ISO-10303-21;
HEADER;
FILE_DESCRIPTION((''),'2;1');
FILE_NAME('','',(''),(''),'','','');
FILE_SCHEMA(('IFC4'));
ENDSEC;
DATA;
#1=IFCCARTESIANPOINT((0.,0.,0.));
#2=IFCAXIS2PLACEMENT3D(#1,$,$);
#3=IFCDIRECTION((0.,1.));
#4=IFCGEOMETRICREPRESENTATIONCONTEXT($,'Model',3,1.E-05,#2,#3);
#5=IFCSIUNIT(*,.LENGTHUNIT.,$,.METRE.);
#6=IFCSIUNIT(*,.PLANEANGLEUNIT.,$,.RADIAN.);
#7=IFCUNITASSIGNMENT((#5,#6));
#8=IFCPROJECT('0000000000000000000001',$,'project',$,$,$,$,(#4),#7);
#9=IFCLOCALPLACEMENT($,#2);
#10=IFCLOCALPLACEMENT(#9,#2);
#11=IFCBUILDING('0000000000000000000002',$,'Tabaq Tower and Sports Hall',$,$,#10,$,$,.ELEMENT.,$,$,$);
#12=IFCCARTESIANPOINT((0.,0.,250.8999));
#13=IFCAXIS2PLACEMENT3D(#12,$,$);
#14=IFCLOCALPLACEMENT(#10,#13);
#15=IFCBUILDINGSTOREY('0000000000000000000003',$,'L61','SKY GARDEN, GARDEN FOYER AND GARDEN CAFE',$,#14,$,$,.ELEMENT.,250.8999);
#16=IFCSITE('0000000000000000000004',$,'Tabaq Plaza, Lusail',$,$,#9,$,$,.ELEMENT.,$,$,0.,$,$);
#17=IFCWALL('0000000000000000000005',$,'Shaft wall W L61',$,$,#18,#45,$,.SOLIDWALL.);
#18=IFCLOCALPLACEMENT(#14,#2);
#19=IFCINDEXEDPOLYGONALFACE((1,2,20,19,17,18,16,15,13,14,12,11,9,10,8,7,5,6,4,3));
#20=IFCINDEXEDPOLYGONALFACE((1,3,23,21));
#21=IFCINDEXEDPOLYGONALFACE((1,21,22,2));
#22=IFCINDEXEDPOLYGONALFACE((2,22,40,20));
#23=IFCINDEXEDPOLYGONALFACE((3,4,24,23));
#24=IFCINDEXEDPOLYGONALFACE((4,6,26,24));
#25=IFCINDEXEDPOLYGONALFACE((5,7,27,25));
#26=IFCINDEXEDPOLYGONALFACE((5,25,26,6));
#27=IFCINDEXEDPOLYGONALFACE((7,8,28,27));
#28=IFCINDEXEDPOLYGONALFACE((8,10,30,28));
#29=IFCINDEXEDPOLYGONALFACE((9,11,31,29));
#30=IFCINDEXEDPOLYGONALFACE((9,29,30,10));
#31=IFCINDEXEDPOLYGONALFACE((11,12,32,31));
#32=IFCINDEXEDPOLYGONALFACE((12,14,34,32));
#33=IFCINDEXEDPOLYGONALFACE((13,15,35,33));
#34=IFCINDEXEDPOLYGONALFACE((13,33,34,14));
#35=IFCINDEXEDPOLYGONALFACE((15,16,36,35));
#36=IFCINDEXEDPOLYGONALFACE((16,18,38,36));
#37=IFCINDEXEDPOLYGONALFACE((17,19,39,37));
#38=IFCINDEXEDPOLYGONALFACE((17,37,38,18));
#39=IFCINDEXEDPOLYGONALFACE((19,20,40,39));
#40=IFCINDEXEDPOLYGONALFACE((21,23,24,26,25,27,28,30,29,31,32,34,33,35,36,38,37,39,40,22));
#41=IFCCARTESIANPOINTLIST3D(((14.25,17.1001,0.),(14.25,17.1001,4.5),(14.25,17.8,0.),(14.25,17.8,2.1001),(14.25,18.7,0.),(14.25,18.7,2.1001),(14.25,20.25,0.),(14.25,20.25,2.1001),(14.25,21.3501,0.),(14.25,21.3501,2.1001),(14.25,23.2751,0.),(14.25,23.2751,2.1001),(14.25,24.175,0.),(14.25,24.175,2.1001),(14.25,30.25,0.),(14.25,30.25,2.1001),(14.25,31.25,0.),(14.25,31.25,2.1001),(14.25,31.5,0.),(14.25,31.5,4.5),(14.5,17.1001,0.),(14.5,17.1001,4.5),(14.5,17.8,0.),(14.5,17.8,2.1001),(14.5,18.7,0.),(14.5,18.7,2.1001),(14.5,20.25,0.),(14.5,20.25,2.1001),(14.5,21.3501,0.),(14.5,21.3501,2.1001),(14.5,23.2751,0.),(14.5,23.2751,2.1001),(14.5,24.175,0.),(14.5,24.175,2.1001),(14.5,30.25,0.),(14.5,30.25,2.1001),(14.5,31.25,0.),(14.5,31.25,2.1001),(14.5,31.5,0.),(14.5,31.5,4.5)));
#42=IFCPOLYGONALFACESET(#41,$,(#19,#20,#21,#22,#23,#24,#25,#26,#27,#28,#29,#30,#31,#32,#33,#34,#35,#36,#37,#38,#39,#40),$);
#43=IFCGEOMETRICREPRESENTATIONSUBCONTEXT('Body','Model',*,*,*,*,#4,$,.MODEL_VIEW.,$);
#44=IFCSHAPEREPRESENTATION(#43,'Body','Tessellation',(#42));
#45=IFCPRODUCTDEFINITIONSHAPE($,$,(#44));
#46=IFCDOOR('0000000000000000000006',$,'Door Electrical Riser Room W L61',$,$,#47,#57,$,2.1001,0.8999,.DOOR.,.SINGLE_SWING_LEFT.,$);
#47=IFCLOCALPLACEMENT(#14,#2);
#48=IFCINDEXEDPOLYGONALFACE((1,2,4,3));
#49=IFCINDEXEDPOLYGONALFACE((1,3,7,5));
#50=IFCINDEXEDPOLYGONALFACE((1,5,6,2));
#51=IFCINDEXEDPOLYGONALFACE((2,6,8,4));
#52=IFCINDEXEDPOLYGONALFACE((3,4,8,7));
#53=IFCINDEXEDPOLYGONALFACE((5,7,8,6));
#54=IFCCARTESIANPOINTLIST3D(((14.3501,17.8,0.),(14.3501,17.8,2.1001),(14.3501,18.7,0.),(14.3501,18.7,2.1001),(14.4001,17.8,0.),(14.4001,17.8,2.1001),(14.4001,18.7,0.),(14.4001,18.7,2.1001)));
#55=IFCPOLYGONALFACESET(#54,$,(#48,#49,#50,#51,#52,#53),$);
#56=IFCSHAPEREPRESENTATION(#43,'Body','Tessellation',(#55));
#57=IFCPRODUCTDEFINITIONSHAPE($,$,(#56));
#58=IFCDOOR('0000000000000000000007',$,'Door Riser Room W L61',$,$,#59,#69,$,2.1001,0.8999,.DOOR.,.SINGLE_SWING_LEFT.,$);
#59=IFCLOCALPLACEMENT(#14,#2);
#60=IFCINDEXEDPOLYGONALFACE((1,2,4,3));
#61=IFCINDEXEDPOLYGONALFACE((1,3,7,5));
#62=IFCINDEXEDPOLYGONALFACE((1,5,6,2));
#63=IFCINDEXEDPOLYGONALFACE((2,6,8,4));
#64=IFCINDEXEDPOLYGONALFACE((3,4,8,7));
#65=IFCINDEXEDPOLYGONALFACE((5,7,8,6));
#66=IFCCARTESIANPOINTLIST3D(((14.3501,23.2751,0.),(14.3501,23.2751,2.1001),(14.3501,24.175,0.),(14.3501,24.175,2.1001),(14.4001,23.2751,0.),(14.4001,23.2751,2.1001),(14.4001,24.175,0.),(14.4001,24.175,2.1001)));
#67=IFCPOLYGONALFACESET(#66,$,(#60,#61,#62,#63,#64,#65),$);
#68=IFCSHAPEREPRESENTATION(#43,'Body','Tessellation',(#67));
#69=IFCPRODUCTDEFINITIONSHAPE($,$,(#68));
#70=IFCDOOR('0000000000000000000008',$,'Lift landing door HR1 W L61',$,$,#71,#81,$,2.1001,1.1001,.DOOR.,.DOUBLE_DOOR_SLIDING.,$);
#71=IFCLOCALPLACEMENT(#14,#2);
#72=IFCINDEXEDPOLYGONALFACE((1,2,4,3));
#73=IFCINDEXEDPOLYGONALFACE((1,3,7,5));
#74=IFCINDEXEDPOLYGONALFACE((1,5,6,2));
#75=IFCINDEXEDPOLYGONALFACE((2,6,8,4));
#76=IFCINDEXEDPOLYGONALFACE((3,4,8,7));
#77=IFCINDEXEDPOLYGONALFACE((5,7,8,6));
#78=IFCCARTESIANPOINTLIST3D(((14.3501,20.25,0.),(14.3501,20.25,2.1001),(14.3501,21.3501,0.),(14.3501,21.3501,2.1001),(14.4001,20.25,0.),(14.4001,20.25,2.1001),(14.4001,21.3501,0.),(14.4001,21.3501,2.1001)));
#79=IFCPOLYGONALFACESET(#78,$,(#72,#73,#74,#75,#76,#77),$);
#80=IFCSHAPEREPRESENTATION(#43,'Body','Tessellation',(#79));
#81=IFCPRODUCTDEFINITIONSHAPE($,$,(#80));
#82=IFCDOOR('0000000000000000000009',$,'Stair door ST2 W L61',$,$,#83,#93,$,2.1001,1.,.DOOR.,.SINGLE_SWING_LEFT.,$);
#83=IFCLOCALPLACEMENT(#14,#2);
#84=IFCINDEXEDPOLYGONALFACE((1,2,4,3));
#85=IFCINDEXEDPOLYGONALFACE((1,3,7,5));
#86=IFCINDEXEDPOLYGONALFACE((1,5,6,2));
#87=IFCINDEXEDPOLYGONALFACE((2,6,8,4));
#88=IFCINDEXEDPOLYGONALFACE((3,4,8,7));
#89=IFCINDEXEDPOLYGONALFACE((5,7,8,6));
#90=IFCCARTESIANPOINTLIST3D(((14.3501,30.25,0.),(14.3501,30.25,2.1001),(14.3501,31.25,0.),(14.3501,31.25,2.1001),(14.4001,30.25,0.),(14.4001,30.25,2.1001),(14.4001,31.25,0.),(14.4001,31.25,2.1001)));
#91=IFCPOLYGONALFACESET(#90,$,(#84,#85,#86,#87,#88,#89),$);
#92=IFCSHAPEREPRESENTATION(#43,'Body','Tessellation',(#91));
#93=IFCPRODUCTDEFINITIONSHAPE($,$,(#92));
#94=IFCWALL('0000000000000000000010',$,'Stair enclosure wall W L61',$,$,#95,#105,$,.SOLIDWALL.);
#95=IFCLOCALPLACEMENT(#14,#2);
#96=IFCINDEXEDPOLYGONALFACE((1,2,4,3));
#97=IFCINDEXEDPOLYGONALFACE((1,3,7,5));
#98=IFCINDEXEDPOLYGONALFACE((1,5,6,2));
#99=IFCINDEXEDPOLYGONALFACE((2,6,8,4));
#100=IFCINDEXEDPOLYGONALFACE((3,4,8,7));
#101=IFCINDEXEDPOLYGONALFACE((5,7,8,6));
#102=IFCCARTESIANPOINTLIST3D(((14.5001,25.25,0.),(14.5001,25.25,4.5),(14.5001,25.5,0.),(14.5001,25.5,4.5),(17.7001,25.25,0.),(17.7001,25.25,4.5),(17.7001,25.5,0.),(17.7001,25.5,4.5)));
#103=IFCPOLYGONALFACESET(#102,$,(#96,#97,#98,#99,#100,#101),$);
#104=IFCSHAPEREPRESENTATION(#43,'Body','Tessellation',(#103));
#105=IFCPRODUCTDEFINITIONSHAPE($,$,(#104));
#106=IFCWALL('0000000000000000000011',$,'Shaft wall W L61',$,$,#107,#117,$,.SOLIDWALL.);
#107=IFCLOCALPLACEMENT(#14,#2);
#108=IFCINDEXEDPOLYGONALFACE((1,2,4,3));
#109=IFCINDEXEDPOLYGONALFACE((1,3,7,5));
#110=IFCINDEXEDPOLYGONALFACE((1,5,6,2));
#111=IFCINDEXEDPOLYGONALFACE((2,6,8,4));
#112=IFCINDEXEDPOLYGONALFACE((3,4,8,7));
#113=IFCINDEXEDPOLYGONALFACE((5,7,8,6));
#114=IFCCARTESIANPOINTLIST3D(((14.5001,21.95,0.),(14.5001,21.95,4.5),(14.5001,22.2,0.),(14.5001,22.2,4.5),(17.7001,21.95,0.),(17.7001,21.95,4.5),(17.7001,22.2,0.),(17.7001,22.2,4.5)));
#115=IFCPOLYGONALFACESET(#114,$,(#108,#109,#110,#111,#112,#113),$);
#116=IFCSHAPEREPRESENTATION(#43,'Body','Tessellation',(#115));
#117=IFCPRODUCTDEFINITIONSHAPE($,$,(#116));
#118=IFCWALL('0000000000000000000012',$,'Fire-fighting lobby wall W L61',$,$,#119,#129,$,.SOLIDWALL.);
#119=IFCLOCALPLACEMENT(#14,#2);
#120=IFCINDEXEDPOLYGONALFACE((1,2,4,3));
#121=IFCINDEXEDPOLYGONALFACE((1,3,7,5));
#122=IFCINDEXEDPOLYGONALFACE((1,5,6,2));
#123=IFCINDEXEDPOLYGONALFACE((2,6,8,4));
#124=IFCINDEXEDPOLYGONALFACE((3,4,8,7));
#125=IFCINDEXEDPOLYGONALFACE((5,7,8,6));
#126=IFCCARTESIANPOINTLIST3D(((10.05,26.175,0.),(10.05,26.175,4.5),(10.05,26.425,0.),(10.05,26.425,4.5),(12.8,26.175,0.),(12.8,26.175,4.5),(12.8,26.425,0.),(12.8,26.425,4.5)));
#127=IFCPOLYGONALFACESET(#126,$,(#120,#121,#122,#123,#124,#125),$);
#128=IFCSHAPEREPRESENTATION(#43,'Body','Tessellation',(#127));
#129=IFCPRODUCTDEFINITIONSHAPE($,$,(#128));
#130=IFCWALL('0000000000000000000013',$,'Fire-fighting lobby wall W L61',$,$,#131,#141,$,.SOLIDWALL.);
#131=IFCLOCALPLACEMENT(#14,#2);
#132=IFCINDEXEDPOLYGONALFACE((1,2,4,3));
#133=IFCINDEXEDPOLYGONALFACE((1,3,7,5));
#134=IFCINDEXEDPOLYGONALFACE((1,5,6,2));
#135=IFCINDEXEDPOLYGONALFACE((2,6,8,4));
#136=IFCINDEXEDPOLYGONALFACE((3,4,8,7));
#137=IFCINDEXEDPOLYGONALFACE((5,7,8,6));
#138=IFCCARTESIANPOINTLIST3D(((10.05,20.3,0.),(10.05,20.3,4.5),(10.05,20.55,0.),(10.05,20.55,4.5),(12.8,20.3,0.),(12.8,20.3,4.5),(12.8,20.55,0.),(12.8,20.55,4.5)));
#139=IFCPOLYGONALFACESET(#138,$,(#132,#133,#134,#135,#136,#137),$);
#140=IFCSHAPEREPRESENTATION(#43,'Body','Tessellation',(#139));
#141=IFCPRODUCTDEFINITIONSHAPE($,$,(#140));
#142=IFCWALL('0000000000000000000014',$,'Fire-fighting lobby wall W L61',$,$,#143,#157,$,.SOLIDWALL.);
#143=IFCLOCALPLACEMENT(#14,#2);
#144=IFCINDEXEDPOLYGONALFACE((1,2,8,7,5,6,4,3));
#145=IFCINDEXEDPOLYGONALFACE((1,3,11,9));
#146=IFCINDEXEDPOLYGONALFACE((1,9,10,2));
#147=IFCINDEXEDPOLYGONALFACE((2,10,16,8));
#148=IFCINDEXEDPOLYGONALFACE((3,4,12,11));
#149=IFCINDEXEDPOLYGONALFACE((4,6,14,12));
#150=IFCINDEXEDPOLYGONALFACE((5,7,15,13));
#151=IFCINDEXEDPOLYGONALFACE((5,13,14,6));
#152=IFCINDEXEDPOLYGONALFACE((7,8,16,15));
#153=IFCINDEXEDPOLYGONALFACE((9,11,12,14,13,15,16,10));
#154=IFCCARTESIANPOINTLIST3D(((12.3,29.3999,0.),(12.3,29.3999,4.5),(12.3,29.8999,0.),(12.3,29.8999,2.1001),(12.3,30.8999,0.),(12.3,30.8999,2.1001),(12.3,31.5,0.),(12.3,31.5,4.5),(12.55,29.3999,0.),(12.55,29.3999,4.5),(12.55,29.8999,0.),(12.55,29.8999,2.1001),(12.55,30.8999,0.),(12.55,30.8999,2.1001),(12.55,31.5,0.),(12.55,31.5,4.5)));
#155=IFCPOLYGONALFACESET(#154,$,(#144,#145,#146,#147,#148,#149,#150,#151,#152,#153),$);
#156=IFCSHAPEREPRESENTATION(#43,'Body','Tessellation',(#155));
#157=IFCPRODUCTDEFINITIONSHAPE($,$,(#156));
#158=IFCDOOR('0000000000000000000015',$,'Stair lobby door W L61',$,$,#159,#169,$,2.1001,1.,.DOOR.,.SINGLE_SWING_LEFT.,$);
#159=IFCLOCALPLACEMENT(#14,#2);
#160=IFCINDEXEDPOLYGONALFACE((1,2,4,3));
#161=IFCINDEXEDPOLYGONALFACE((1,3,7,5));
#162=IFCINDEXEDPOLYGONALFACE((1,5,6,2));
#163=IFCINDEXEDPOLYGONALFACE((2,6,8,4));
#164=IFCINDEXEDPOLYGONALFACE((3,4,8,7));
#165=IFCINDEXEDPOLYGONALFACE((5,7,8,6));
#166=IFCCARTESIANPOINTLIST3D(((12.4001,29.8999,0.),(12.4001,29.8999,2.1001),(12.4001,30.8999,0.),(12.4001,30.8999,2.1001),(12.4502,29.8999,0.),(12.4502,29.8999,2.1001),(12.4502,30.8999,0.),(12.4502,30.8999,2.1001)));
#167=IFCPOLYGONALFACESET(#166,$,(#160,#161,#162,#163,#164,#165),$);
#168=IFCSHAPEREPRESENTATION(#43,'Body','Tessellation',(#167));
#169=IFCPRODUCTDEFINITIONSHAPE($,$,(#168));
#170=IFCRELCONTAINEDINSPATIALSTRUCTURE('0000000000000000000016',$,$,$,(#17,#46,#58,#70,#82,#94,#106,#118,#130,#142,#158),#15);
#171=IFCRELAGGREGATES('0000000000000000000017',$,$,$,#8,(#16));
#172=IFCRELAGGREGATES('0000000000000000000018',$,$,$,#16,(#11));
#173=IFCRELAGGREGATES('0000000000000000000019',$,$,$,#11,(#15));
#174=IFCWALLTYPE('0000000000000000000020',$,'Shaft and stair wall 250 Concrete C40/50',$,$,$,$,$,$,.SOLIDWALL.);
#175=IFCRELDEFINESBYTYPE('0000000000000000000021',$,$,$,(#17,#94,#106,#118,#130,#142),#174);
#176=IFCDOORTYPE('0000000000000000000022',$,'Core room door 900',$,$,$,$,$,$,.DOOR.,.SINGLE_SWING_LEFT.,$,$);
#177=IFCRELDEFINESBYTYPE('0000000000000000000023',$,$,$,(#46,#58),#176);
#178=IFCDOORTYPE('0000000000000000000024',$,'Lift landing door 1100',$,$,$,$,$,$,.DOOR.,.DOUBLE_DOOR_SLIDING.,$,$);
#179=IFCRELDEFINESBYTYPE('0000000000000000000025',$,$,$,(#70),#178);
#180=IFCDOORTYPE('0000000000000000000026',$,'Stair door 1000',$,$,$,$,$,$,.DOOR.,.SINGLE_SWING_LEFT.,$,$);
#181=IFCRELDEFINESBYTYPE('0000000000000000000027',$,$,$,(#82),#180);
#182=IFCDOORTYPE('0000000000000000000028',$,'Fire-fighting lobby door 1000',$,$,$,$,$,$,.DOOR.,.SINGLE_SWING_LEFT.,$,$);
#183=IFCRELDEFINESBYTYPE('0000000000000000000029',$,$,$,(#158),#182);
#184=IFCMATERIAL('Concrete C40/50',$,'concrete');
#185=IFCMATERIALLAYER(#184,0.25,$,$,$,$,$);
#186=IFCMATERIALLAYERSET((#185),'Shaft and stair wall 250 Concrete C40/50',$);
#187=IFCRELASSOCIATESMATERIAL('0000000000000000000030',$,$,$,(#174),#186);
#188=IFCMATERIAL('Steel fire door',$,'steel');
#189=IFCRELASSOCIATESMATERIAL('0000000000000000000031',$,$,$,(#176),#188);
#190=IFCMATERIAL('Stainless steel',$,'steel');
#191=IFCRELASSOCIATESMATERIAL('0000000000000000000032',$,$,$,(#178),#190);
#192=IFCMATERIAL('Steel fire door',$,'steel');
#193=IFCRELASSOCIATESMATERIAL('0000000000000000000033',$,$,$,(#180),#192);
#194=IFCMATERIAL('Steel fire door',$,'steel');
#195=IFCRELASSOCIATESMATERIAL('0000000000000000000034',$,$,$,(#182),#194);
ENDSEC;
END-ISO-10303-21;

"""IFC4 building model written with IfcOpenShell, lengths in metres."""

from ifc_helpers import new_model, si_unit, direction, frame, frame_2d, origin, place, context, subcontext, project, spatial, rectangle, extrude, material, layer, layer_set, type_object, element, fill, save


model = new_model("IFC4")

# Units and contexts
model_context = context("Model", 3, precision=1e-05, world=origin(), true_north=direction((0.0, 1.0)))
body_context = subcontext(model_context, "Body", "Model", "MODEL_VIEW")
ifc_project = project(units=[si_unit("LENGTHUNIT", "METRE"), si_unit("PLANEANGLEUNIT", "RADIAN")], contexts=[model_context])

# Site, building, storey
site_placement = place(None, origin())
site = spatial("IfcSite", under=ifc_project, at=site_placement, Name="Tabaq Plaza, Lusail", CompositionType="ELEMENT", RefElevation=0.0)
building_placement = place(site_placement, origin())
building = spatial("IfcBuilding", under=site, at=building_placement, Name="Tabaq Tower and Sports Hall", CompositionType="ELEMENT")
storey_placement = place(building_placement, frame((0.0, 0.0, 250.8999)))
storey = spatial("IfcBuildingStorey", under=building, at=storey_placement, Name="L61", Description="SKY GARDEN, GARDEN FOYER AND GARDEN CAFE", CompositionType="ELEMENT", Elevation=250.8999)

# Wall, openings, doors
ifc_material_1 = material(Name="Concrete C40/50", Category="concrete")
ifc_layer_1 = layer(ifc_material_1, 0.25)
ifc_layer_set_1 = layer_set([ifc_layer_1], Name="Shaft and stair wall 250 Concrete C40/50")
wall_type_1 = type_object("IfcWallType", Name="Shaft and stair wall 250 Concrete C40/50", PredefinedType="SOLIDWALL", material=ifc_layer_set_1)
wall_1_placement = place(storey_placement, frame((14.375, 17.1001, 0.0), z_axis=(0.0, 0.0, 1.0), x_axis=(0.0, 1.0, 0.0)))
wall_1 = element("IfcWall", 1, at=wall_1_placement, inside=storey, type_object=wall_type_1, Name="Shaft wall W L61", PredefinedType="SOLIDWALL", context=body_context, shape_type="SweptSolid", body=[
    extrude(rectangle(XDim=14.3999, YDim=0.25, at=frame_2d((7.2, 0.0))), origin(), (0.0, 0.0, 1.0), 4.5),
])
opening_1_placement = place(wall_1_placement, frame((13.1499, 0.0, 0.0)))
opening_1 = element("IfcOpeningElement", 2, at=opening_1_placement, cuts=wall_1, PredefinedType="OPENING", context=body_context, shape_type="SweptSolid", body=[
    extrude(rectangle(XDim=1.0, YDim=2.1001, at=frame_2d((0.5, 1.05))), frame((0.0, 0.125, 0.0), z_axis=(0.0, -1.0, 0.0), x_axis=(1.0, 0.0, 0.0)), (0.0, 0.0, 1.0), 0.25),
])
opening_2_placement = place(wall_1_placement, frame((3.1499, 0.0, 0.0)))
opening_2 = element("IfcOpeningElement", 3, at=opening_2_placement, cuts=wall_1, PredefinedType="OPENING", context=body_context, shape_type="SweptSolid", body=[
    extrude(rectangle(XDim=1.1001, YDim=2.1001, at=frame_2d((0.55, 1.05))), frame((0.0, 0.125, 0.0), z_axis=(0.0, -1.0, 0.0), x_axis=(1.0, 0.0, 0.0)), (0.0, 0.0, 1.0), 0.25),
])
opening_3_placement = place(wall_1_placement, frame((0.7, 0.0, 0.0)))
opening_3 = element("IfcOpeningElement", 4, at=opening_3_placement, cuts=wall_1, PredefinedType="OPENING", context=body_context, shape_type="SweptSolid", body=[
    extrude(rectangle(XDim=0.8999, YDim=2.1001, at=frame_2d((0.45, 1.05))), frame((0.0, 0.125, 0.0), z_axis=(0.0, -1.0, 0.0), x_axis=(1.0, 0.0, 0.0)), (0.0, 0.0, 1.0), 0.25),
])
opening_4_placement = place(wall_1_placement, frame((6.175, 0.0, 0.0)))
opening_4 = element("IfcOpeningElement", 5, at=opening_4_placement, cuts=wall_1, PredefinedType="OPENING", context=body_context, shape_type="SweptSolid", body=[
    extrude(rectangle(XDim=0.8999, YDim=2.1001, at=frame_2d((0.45, 1.05))), frame((0.0, 0.125, 0.0), z_axis=(0.0, -1.0, 0.0), x_axis=(1.0, 0.0, 0.0)), (0.0, 0.0, 1.0), 0.25),
])
ifc_material_2 = material(Name="Steel fire door", Category="steel")
door_type_1 = type_object("IfcDoorType", Name="Core room door 900", OperationType="SINGLE_SWING_LEFT", PredefinedType="DOOR", material=ifc_material_2)
door_1_placement = place(opening_3_placement, origin())
door_1 = element("IfcDoor", 6, at=door_1_placement, inside=storey, type_object=door_type_1, Name="Door Electrical Riser Room W L61", OperationType="SINGLE_SWING_LEFT", OverallHeight=2.1001, OverallWidth=0.8999, PredefinedType="DOOR", context=body_context, shape_type="SweptSolid", body=[
    extrude(rectangle(XDim=0.8999, YDim=2.1001, at=frame_2d((0.45, 1.05))), frame((0.0, 0.0249, 0.0), z_axis=(0.0, -1.0, 0.0), x_axis=(1.0, 0.0, 0.0)), (0.0, 0.0, 1.0), 0.05),
])
fill(opening_3, door_1)
door_2_placement = place(opening_4_placement, origin())
door_2 = element("IfcDoor", 7, at=door_2_placement, inside=storey, type_object=door_type_1, Name="Door Riser Room W L61", OperationType="SINGLE_SWING_LEFT", OverallHeight=2.1001, OverallWidth=0.8999, PredefinedType="DOOR", context=body_context, shape_type="SweptSolid", body=[
    extrude(rectangle(XDim=0.8999, YDim=2.1001, at=frame_2d((0.45, 1.05))), frame((0.0, 0.0249, 0.0), z_axis=(0.0, -1.0, 0.0), x_axis=(1.0, 0.0, 0.0)), (0.0, 0.0, 1.0), 0.05),
])
fill(opening_4, door_2)
ifc_material_3 = material(Name="Stainless steel", Category="steel")
door_type_2 = type_object("IfcDoorType", Name="Lift landing door 1100", OperationType="DOUBLE_DOOR_SLIDING", PredefinedType="DOOR", material=ifc_material_3)
door_3_placement = place(opening_2_placement, origin())
door_3 = element("IfcDoor", 8, at=door_3_placement, inside=storey, type_object=door_type_2, Name="Lift landing door HR1 W L61", OperationType="DOUBLE_DOOR_SLIDING", OverallHeight=2.1001, OverallWidth=1.1001, PredefinedType="DOOR", context=body_context, shape_type="SweptSolid", body=[
    extrude(rectangle(XDim=1.1001, YDim=2.1001, at=frame_2d((0.55, 1.05))), frame((0.0, 0.0249, 0.0), z_axis=(0.0, -1.0, 0.0), x_axis=(1.0, 0.0, 0.0)), (0.0, 0.0, 1.0), 0.05),
])
fill(opening_2, door_3)
ifc_material_4 = material(Name="Steel fire door", Category="steel")
door_type_3 = type_object("IfcDoorType", Name="Stair door 1000", OperationType="SINGLE_SWING_LEFT", PredefinedType="DOOR", material=ifc_material_4)
door_4_placement = place(opening_1_placement, origin())
door_4 = element("IfcDoor", 9, at=door_4_placement, inside=storey, type_object=door_type_3, Name="Stair door ST2 W L61", OperationType="SINGLE_SWING_LEFT", OverallHeight=2.1001, OverallWidth=1.0, PredefinedType="DOOR", context=body_context, shape_type="SweptSolid", body=[
    extrude(rectangle(XDim=1.0, YDim=2.1001, at=frame_2d((0.5, 1.05))), frame((0.0, 0.0249, 0.0), z_axis=(0.0, -1.0, 0.0), x_axis=(1.0, 0.0, 0.0)), (0.0, 0.0, 1.0), 0.05),
])
fill(opening_1, door_4)

# Walls
for number, where, z_axis, x_axis, name in (
    (10, (14.5, 25.375, 0.0), (0.0, 0.0, 1.0), (1.0, 0.0, 0.0), "Stair enclosure wall W L61"),
    (11, (14.5, 22.075, 0.0), (0.0, 0.0, 1.0), (1.0, 0.0, 0.0), "Shaft wall W L61"),
):
    element("IfcWall", number, at=place(storey_placement, frame(where, z_axis=z_axis, x_axis=x_axis)), inside=storey, type_object=wall_type_1, Name=name, PredefinedType="SOLIDWALL", context=body_context, shape_type="SweptSolid", body=[
        extrude(rectangle(XDim=3.2, YDim=0.25, at=frame_2d((1.6001, 0.0))), origin(), (0.0, 0.0, 1.0), 4.5),
    ])
for number, where, z_axis, x_axis, name in (
    (12, (10.05, 26.3, 0.0), (0.0, 0.0, 1.0), (1.0, 0.0, 0.0), "Fire-fighting lobby wall W L61"),
    (13, (10.05, 20.425, 0.0), (0.0, 0.0, 1.0), (1.0, 0.0, 0.0), "Fire-fighting lobby wall W L61"),
):
    element("IfcWall", number, at=place(storey_placement, frame(where, z_axis=z_axis, x_axis=x_axis)), inside=storey, type_object=wall_type_1, Name=name, PredefinedType="SOLIDWALL", context=body_context, shape_type="SweptSolid", body=[
        extrude(rectangle(XDim=2.75, YDim=0.25, at=frame_2d((1.375, 0.0))), origin(), (0.0, 0.0, 1.0), 4.5),
    ])

# Wall, opening, door
wall_2_placement = place(storey_placement, frame((12.425, 29.3999, 0.0), z_axis=(0.0, 0.0, 1.0), x_axis=(0.0, 1.0, 0.0)))
wall_2 = element("IfcWall", 14, at=wall_2_placement, inside=storey, type_object=wall_type_1, Name="Fire-fighting lobby wall W L61", PredefinedType="SOLIDWALL", context=body_context, shape_type="SweptSolid", body=[
    extrude(rectangle(XDim=2.1001, YDim=0.25, at=frame_2d((1.05, 0.0))), origin(), (0.0, 0.0, 1.0), 4.5),
])
opening_5_placement = place(wall_2_placement, frame((0.5, 0.0, 0.0)))
opening_5 = element("IfcOpeningElement", 15, at=opening_5_placement, cuts=wall_2, PredefinedType="OPENING", context=body_context, shape_type="SweptSolid", body=[
    extrude(rectangle(XDim=1.0, YDim=2.1001, at=frame_2d((0.5, 1.05))), frame((0.0, 0.125, 0.0), z_axis=(0.0, -1.0, 0.0), x_axis=(1.0, 0.0, 0.0)), (0.0, 0.0, 1.0), 0.25),
])
ifc_material_5 = material(Name="Steel fire door", Category="steel")
door_type_4 = type_object("IfcDoorType", Name="Fire-fighting lobby door 1000", OperationType="SINGLE_SWING_LEFT", PredefinedType="DOOR", material=ifc_material_5)
door_5_placement = place(opening_5_placement, origin())
door_5 = element("IfcDoor", 16, at=door_5_placement, inside=storey, type_object=door_type_4, Name="Stair lobby door W L61", OperationType="SINGLE_SWING_LEFT", OverallHeight=2.1001, OverallWidth=1.0, PredefinedType="DOOR", context=body_context, shape_type="SweptSolid", body=[
    extrude(rectangle(XDim=1.0, YDim=2.1001, at=frame_2d((0.5, 1.05))), frame((0.0, 0.0249, 0.0), z_axis=(0.0, -1.0, 0.0), x_axis=(1.0, 0.0, 0.0)), (0.0, 0.0, 1.0), 0.05),
])
fill(opening_5, door_5)

save(model, "model.ifc")
